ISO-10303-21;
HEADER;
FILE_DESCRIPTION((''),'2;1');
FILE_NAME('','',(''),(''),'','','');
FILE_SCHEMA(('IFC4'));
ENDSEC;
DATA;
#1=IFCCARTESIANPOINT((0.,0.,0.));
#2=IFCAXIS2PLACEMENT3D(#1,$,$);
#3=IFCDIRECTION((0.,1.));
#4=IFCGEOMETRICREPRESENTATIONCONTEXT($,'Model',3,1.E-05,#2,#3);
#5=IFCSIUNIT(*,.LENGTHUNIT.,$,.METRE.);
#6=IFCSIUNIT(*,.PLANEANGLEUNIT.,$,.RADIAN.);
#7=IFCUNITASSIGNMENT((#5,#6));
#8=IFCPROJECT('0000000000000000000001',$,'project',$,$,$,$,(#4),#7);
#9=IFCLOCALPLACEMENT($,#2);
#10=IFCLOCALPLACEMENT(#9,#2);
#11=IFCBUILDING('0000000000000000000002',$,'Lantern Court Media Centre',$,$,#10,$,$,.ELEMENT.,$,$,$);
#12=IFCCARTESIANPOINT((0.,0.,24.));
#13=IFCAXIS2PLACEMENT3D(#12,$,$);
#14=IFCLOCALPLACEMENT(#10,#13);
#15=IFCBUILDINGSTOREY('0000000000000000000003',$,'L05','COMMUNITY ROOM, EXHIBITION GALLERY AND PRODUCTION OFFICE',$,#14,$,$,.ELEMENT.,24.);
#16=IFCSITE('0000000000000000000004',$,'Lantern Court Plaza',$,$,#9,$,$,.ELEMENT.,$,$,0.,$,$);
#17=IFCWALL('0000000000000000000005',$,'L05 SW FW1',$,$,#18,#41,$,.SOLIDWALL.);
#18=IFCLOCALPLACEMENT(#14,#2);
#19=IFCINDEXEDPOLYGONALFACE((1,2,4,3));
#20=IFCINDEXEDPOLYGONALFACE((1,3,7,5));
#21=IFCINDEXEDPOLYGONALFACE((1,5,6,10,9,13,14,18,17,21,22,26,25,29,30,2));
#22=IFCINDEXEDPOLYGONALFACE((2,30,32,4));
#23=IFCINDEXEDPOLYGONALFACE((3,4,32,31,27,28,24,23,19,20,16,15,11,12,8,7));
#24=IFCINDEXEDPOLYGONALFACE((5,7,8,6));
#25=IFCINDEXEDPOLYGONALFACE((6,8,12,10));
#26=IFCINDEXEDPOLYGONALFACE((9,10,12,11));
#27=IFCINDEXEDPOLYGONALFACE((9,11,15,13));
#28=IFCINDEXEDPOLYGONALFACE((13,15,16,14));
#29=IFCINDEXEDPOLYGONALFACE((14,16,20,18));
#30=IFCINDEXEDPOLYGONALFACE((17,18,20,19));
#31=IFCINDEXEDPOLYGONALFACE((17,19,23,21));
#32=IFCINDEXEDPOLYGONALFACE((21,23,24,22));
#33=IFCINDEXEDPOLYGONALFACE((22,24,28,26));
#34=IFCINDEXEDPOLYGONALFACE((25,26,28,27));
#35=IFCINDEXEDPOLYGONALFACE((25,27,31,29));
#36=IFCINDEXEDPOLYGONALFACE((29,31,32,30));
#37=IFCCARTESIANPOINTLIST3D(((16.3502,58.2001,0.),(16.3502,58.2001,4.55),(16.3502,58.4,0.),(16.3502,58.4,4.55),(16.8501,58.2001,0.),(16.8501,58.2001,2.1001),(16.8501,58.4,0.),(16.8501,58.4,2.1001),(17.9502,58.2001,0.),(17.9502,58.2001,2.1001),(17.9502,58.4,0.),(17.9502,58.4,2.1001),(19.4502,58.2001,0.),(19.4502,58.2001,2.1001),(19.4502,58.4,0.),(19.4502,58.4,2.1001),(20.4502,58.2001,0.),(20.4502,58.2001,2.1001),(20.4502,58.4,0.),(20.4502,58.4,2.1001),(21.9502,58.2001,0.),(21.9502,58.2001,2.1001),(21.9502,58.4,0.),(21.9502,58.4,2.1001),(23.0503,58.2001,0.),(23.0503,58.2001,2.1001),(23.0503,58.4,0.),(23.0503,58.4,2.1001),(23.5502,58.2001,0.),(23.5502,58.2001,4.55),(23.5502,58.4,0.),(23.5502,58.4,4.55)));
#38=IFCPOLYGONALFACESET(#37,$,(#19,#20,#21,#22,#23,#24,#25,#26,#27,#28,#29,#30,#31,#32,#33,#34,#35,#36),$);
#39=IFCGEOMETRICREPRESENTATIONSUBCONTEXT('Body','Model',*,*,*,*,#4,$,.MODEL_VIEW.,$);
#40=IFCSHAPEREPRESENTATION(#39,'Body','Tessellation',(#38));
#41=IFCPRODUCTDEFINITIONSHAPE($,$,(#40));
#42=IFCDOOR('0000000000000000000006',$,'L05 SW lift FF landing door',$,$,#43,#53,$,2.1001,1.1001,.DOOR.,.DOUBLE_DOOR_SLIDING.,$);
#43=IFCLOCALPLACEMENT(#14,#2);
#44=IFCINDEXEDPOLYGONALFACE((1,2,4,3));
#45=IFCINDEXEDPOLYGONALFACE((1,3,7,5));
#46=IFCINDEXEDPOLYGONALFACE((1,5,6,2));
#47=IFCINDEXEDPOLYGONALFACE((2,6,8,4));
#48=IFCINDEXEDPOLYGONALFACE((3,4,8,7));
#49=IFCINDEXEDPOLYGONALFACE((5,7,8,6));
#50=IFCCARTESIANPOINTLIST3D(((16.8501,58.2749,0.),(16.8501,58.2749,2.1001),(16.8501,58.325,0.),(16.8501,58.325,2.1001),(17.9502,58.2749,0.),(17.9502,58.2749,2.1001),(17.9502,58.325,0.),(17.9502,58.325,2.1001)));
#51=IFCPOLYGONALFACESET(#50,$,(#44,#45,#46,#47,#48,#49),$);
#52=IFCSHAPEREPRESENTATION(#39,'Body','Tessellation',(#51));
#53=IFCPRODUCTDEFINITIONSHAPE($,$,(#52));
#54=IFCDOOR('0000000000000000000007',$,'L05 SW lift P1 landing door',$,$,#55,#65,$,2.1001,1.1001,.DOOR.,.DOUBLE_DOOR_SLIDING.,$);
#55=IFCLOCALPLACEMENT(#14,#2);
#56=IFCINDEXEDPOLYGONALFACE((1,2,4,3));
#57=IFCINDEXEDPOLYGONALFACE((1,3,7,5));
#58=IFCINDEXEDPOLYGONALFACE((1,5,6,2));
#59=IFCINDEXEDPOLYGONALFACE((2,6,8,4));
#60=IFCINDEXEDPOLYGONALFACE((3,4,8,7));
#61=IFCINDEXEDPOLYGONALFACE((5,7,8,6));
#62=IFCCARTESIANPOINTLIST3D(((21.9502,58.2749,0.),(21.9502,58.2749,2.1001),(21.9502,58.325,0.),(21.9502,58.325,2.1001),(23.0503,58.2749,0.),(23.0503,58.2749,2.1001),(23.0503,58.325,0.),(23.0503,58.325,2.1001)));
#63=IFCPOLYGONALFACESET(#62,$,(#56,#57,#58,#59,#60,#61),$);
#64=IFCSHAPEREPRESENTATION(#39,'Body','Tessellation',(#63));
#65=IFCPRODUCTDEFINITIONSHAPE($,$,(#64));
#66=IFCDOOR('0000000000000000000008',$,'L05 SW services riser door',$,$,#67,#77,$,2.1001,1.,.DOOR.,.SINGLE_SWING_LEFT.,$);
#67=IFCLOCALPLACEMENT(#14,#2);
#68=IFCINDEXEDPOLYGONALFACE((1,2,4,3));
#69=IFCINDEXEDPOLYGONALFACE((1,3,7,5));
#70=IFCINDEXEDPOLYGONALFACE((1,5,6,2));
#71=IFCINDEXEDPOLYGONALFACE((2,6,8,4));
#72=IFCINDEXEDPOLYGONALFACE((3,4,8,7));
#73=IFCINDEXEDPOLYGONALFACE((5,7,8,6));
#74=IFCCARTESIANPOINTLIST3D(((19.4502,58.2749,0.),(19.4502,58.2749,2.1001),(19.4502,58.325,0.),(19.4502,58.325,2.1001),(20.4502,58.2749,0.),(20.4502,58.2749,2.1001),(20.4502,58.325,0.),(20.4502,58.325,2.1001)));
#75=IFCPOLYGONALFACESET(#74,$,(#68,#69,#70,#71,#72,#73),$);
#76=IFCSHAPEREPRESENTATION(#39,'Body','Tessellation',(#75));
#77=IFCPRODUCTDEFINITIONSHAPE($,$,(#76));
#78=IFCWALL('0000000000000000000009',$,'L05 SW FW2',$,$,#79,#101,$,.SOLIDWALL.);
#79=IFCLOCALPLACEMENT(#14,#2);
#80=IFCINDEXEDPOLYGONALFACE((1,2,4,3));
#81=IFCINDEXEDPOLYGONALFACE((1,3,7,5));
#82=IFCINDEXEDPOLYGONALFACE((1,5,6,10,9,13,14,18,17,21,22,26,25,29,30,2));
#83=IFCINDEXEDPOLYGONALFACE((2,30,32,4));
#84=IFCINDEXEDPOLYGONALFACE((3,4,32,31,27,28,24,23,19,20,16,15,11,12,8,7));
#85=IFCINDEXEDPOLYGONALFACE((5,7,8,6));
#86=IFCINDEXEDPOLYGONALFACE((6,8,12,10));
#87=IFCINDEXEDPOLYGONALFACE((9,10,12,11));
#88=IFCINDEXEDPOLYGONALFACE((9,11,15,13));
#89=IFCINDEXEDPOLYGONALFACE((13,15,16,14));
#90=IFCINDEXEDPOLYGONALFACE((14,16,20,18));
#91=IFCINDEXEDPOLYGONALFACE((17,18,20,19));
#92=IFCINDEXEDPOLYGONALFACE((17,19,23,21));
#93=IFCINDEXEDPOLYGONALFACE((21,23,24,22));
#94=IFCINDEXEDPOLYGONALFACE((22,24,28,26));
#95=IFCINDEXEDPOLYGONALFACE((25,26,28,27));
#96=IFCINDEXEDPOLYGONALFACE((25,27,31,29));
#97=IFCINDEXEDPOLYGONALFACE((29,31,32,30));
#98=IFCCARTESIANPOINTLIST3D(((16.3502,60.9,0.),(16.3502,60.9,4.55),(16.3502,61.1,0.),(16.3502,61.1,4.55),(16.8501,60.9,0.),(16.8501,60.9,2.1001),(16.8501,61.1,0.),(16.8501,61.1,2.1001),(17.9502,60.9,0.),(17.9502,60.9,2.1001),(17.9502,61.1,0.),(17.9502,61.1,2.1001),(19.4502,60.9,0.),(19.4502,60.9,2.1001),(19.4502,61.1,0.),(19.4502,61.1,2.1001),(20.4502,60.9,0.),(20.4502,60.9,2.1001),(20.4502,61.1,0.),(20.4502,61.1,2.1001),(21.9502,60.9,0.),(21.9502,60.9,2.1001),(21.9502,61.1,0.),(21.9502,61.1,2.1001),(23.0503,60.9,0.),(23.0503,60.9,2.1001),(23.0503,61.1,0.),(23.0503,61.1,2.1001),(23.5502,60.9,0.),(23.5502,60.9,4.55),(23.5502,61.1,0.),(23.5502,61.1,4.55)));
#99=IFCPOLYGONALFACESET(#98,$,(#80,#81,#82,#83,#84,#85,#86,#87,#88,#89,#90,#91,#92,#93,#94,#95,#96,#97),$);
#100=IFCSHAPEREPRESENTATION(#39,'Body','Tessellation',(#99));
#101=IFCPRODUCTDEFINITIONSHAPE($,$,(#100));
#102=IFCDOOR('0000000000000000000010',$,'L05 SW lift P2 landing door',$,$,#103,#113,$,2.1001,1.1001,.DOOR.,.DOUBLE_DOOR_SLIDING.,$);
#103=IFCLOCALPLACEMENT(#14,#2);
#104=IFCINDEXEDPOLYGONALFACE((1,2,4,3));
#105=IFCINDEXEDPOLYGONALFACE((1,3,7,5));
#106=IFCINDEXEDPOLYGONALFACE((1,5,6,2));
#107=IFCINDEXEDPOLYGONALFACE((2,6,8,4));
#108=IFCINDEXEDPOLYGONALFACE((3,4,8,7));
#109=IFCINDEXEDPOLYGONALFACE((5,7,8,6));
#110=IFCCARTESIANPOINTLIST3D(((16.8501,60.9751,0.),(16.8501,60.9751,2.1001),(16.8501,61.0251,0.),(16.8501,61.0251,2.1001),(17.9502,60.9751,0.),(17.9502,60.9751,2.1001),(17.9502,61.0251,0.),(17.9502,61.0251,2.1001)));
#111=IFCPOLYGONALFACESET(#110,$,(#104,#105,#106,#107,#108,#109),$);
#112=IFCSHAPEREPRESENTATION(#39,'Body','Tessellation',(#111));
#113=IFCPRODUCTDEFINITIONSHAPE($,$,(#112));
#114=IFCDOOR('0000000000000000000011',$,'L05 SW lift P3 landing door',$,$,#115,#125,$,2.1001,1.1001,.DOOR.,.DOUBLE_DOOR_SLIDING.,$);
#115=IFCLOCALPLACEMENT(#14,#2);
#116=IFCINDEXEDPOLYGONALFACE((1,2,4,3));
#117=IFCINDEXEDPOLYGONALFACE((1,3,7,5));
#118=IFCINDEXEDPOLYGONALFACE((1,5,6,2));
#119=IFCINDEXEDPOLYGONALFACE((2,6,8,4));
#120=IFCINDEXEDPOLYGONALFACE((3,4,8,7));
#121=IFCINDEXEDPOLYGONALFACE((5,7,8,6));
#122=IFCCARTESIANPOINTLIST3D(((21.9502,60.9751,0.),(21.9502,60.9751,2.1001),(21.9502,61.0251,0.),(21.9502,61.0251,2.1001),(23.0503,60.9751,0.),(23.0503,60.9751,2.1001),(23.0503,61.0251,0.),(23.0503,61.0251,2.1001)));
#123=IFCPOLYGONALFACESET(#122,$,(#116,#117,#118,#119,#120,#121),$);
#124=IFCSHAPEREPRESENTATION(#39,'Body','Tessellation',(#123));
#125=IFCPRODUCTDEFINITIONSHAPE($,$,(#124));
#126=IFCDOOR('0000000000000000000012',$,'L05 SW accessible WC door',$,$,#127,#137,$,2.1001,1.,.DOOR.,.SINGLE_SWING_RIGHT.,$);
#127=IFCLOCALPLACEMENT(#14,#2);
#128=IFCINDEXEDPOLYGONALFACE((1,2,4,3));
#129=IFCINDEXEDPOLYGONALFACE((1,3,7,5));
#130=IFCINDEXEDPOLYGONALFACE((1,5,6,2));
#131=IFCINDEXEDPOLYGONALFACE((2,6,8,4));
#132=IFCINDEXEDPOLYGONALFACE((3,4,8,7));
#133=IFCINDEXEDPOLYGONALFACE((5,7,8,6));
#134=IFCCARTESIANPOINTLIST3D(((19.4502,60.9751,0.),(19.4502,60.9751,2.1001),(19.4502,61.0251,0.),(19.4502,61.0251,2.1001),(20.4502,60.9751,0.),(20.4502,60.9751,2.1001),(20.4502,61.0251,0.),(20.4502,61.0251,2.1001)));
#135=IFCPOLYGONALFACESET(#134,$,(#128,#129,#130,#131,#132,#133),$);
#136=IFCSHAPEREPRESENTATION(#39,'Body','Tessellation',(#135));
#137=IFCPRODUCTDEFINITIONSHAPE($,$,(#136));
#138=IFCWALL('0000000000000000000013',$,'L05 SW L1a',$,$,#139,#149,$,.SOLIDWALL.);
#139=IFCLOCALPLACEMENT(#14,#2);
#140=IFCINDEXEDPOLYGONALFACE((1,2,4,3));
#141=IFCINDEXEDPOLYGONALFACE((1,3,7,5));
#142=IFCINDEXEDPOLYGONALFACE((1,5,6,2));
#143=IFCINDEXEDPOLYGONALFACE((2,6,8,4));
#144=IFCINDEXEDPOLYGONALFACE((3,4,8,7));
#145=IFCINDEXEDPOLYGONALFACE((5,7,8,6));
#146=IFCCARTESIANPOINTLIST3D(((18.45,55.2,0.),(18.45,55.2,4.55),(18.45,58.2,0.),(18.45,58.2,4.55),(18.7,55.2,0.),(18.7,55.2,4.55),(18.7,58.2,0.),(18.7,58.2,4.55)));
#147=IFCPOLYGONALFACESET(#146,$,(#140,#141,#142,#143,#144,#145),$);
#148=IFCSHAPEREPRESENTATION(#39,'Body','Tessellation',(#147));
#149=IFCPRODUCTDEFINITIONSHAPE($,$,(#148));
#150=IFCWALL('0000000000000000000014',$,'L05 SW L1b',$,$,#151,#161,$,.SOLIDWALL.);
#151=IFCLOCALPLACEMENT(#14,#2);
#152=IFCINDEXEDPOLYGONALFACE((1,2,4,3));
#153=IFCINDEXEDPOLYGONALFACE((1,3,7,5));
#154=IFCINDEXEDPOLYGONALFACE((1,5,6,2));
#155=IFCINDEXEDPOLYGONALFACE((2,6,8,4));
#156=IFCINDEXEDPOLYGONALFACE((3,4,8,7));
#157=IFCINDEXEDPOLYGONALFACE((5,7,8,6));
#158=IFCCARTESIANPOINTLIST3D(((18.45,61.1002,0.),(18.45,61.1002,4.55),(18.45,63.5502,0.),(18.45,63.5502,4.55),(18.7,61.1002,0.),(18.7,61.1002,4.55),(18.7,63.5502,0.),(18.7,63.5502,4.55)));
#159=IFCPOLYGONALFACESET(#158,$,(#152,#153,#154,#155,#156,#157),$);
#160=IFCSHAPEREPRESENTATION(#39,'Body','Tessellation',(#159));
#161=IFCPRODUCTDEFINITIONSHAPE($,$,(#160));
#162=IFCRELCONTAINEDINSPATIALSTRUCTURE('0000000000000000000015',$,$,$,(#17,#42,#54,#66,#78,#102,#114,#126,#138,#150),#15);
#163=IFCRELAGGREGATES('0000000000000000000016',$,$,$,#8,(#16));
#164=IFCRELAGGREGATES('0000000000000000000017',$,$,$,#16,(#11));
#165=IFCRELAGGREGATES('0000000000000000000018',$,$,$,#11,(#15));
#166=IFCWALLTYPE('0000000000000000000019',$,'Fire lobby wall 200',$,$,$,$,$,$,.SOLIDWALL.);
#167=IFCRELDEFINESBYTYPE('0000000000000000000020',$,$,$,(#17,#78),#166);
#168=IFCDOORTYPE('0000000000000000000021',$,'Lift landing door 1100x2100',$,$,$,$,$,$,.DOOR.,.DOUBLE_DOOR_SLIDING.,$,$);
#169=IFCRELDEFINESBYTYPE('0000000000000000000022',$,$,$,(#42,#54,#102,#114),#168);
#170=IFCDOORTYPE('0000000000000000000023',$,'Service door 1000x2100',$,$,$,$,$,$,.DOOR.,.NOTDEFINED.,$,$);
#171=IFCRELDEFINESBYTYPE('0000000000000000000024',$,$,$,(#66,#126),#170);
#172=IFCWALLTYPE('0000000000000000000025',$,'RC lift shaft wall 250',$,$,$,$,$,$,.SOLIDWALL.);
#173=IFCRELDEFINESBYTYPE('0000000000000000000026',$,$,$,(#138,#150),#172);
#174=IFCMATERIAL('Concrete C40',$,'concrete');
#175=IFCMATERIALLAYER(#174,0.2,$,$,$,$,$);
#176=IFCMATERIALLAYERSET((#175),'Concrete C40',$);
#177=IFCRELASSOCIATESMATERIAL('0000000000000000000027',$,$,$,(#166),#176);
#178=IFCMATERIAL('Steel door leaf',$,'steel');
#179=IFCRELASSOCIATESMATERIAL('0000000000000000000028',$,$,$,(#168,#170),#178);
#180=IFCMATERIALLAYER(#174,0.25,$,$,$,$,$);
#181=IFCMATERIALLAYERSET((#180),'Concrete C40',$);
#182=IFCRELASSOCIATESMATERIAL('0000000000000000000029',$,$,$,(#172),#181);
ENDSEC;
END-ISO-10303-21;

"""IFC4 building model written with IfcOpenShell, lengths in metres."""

from ifc_helpers import new_model, si_unit, direction, frame, frame_2d, origin, place, context, subcontext, project, spatial, rectangle, extrude, material, layer, layer_set, type_object, element, fill, save


model = new_model("IFC4")

# Units and contexts
model_context = context("Model", 3, precision=1e-05, world=origin(), true_north=direction((0.0, 1.0)))
body_context = subcontext(model_context, "Body", "Model", "MODEL_VIEW")
ifc_project = project(units=[si_unit("LENGTHUNIT", "METRE"), si_unit("PLANEANGLEUNIT", "RADIAN")], contexts=[model_context])

# Site, building, storey
site_placement = place(None, origin())
site = spatial("IfcSite", under=ifc_project, at=site_placement, Name="Lantern Court Plaza", CompositionType="ELEMENT", RefElevation=0.0)
building_placement = place(site_placement, origin())
building = spatial("IfcBuilding", under=site, at=building_placement, Name="Lantern Court Media Centre", CompositionType="ELEMENT")
storey_placement = place(building_placement, frame((0.0, 0.0, 24.0)))
storey = spatial("IfcBuildingStorey", under=building, at=storey_placement, Name="L05", Description="COMMUNITY ROOM, EXHIBITION GALLERY AND PRODUCTION OFFICE", CompositionType="ELEMENT", Elevation=24.0)

# Walls, openings, doors
ifc_material_1 = material(Name="Concrete C40", Category="concrete")
ifc_layer_1 = layer(ifc_material_1, 0.2)
ifc_layer_set_1 = layer_set([ifc_layer_1], Name="Concrete C40")
wall_type_1 = type_object("IfcWallType", Name="Fire lobby wall 200", PredefinedType="SOLIDWALL", material=ifc_layer_set_1)
wall_1_placement = place(storey_placement, frame((16.3501, 58.3, 0.0), z_axis=(0.0, 0.0, 1.0), x_axis=(1.0, 0.0, 0.0)))
wall_1 = element("IfcWall", 1, at=wall_1_placement, inside=storey, type_object=wall_type_1, Name="L05 SW FW1", PredefinedType="SOLIDWALL", context=body_context, shape_type="SweptSolid", body=[
    extrude(rectangle(XDim=7.2, YDim=0.2, at=frame_2d((3.6001, 0.0))), origin(), (0.0, 0.0, 1.0), 4.55),
])
opening_1_placement = place(wall_1_placement, frame((0.5, 0.0, 0.0)))
opening_1 = element("IfcOpeningElement", 2, at=opening_1_placement, cuts=wall_1, PredefinedType="OPENING", context=body_context, shape_type="SweptSolid", body=[
    extrude(rectangle(XDim=1.1001, YDim=2.1001, at=frame_2d((0.55, 1.05))), frame((0.0, 0.1099, 0.0), z_axis=(0.0, -1.0, 0.0), x_axis=(1.0, 0.0, 0.0)), (0.0, 0.0, 1.0), 0.22),
])
opening_2_placement = place(wall_1_placement, frame((5.6001, 0.0, 0.0)))
opening_2 = element("IfcOpeningElement", 3, at=opening_2_placement, cuts=wall_1, PredefinedType="OPENING", context=body_context, shape_type="SweptSolid", body=[
    extrude(rectangle(XDim=1.1001, YDim=2.1001, at=frame_2d((0.55, 1.05))), frame((0.0, 0.1099, 0.0), z_axis=(0.0, -1.0, 0.0), x_axis=(1.0, 0.0, 0.0)), (0.0, 0.0, 1.0), 0.22),
])
opening_3_placement = place(wall_1_placement, frame((3.1001, 0.0, 0.0)))
opening_3 = element("IfcOpeningElement", 4, at=opening_3_placement, cuts=wall_1, PredefinedType="OPENING", context=body_context, shape_type="SweptSolid", body=[
    extrude(rectangle(XDim=1.0, YDim=2.1001, at=frame_2d((0.5, 1.05))), frame((0.0, 0.1099, 0.0), z_axis=(0.0, -1.0, 0.0), x_axis=(1.0, 0.0, 0.0)), (0.0, 0.0, 1.0), 0.22),
])
ifc_material_2 = material(Name="Steel door leaf", Category="steel")
door_type_1 = type_object("IfcDoorType", Name="Lift landing door 1100x2100", OperationType="DOUBLE_DOOR_SLIDING", PredefinedType="DOOR", material=ifc_material_2)
door_1_placement = place(opening_1_placement, origin())
door_1 = element("IfcDoor", 5, at=door_1_placement, inside=storey, type_object=door_type_1, Name="L05 SW lift FF landing door", OperationType="DOUBLE_DOOR_SLIDING", OverallHeight=2.1001, OverallWidth=1.1001, PredefinedType="DOOR", context=body_context, shape_type="SweptSolid", body=[
    extrude(rectangle(XDim=1.1001, YDim=2.1001, at=frame_2d((0.55, 1.05))), frame((0.0, 0.0249, 0.0), z_axis=(0.0, -1.0, 0.0), x_axis=(1.0, 0.0, 0.0)), (0.0, 0.0, 1.0), 0.05),
])
fill(opening_1, door_1)
door_2_placement = place(opening_2_placement, origin())
door_2 = element("IfcDoor", 6, at=door_2_placement, inside=storey, type_object=door_type_1, Name="L05 SW lift P1 landing door", OperationType="DOUBLE_DOOR_SLIDING", OverallHeight=2.1001, OverallWidth=1.1001, PredefinedType="DOOR", context=body_context, shape_type="SweptSolid", body=[
    extrude(rectangle(XDim=1.1001, YDim=2.1001, at=frame_2d((0.55, 1.05))), frame((0.0, 0.0249, 0.0), z_axis=(0.0, -1.0, 0.0), x_axis=(1.0, 0.0, 0.0)), (0.0, 0.0, 1.0), 0.05),
])
fill(opening_2, door_2)
door_type_2 = type_object("IfcDoorType", Name="Service door 1000x2100", OperationType="NOTDEFINED", PredefinedType="DOOR", material=ifc_material_2)
door_3_placement = place(opening_3_placement, origin())
door_3 = element("IfcDoor", 7, at=door_3_placement, inside=storey, type_object=door_type_2, Name="L05 SW services riser door", OperationType="SINGLE_SWING_LEFT", OverallHeight=2.1001, OverallWidth=1.0, PredefinedType="DOOR", context=body_context, shape_type="SweptSolid", body=[
    extrude(rectangle(XDim=1.0, YDim=2.1001, at=frame_2d((0.5, 1.05))), frame((0.0, 0.0249, 0.0), z_axis=(0.0, -1.0, 0.0), x_axis=(1.0, 0.0, 0.0)), (0.0, 0.0, 1.0), 0.05),
])
fill(opening_3, door_3)
wall_2_placement = place(storey_placement, frame((16.3501, 61.0, 0.0), z_axis=(0.0, 0.0, 1.0), x_axis=(1.0, 0.0, 0.0)))
wall_2 = element("IfcWall", 8, at=wall_2_placement, inside=storey, type_object=wall_type_1, Name="L05 SW FW2", PredefinedType="SOLIDWALL", context=body_context, shape_type="SweptSolid", body=[
    extrude(rectangle(XDim=7.2, YDim=0.2, at=frame_2d((3.6001, 0.0))), origin(), (0.0, 0.0, 1.0), 4.55),
])
opening_4_placement = place(wall_2_placement, frame((0.5, 0.0, 0.0)))
opening_4 = element("IfcOpeningElement", 9, at=opening_4_placement, cuts=wall_2, PredefinedType="OPENING", context=body_context, shape_type="SweptSolid", body=[
    extrude(rectangle(XDim=1.1001, YDim=2.1001, at=frame_2d((0.55, 1.05))), frame((0.0, 0.1099, 0.0), z_axis=(0.0, -1.0, 0.0), x_axis=(1.0, 0.0, 0.0)), (0.0, 0.0, 1.0), 0.22),
])
opening_5_placement = place(wall_2_placement, frame((5.6001, 0.0, 0.0)))
opening_5 = element("IfcOpeningElement", 10, at=opening_5_placement, cuts=wall_2, PredefinedType="OPENING", context=body_context, shape_type="SweptSolid", body=[
    extrude(rectangle(XDim=1.1001, YDim=2.1001, at=frame_2d((0.55, 1.05))), frame((0.0, 0.1099, 0.0), z_axis=(0.0, -1.0, 0.0), x_axis=(1.0, 0.0, 0.0)), (0.0, 0.0, 1.0), 0.22),
])
opening_6_placement = place(wall_2_placement, frame((3.1001, 0.0, 0.0)))
opening_6 = element("IfcOpeningElement", 11, at=opening_6_placement, cuts=wall_2, PredefinedType="OPENING", context=body_context, shape_type="SweptSolid", body=[
    extrude(rectangle(XDim=1.0, YDim=2.1001, at=frame_2d((0.5, 1.05))), frame((0.0, 0.1099, 0.0), z_axis=(0.0, -1.0, 0.0), x_axis=(1.0, 0.0, 0.0)), (0.0, 0.0, 1.0), 0.22),
])
door_4_placement = place(opening_4_placement, frame((1.1001, 0.0, 0.0), z_axis=(0.0, 0.0, 1.0), x_axis=(-1.0, 0.0, 0.0)))
door_4 = element("IfcDoor", 12, at=door_4_placement, inside=storey, type_object=door_type_1, Name="L05 SW lift P2 landing door", OperationType="DOUBLE_DOOR_SLIDING", OverallHeight=2.1001, OverallWidth=1.1001, PredefinedType="DOOR", context=body_context, shape_type="SweptSolid", body=[
    extrude(rectangle(XDim=1.1001, YDim=2.1001, at=frame_2d((0.55, 1.05))), frame((0.0, 0.0249, 0.0), z_axis=(0.0, -1.0, 0.0), x_axis=(1.0, 0.0, 0.0)), (0.0, 0.0, 1.0), 0.05),
])
fill(opening_4, door_4)
door_5_placement = place(opening_5_placement, frame((1.1001, 0.0, 0.0), z_axis=(0.0, 0.0, 1.0), x_axis=(-1.0, 0.0, 0.0)))
door_5 = element("IfcDoor", 13, at=door_5_placement, inside=storey, type_object=door_type_1, Name="L05 SW lift P3 landing door", OperationType="DOUBLE_DOOR_SLIDING", OverallHeight=2.1001, OverallWidth=1.1001, PredefinedType="DOOR", context=body_context, shape_type="SweptSolid", body=[
    extrude(rectangle(XDim=1.1001, YDim=2.1001, at=frame_2d((0.55, 1.05))), frame((0.0, 0.0249, 0.0), z_axis=(0.0, -1.0, 0.0), x_axis=(1.0, 0.0, 0.0)), (0.0, 0.0, 1.0), 0.05),
])
fill(opening_5, door_5)
door_6_placement = place(opening_6_placement, frame((1.0, 0.0, 0.0), z_axis=(0.0, 0.0, 1.0), x_axis=(-1.0, 0.0, 0.0)))
door_6 = element("IfcDoor", 14, at=door_6_placement, inside=storey, type_object=door_type_2, Name="L05 SW accessible WC door", OperationType="SINGLE_SWING_RIGHT", OverallHeight=2.1001, OverallWidth=1.0, PredefinedType="DOOR", context=body_context, shape_type="SweptSolid", body=[
    extrude(rectangle(XDim=1.0, YDim=2.1001, at=frame_2d((0.5, 1.05))), frame((0.0, 0.0249, 0.0), z_axis=(0.0, -1.0, 0.0), x_axis=(1.0, 0.0, 0.0)), (0.0, 0.0, 1.0), 0.05),
])
fill(opening_6, door_6)

# Walls
ifc_layer_2 = layer(ifc_material_1, 0.25)
ifc_layer_set_2 = layer_set([ifc_layer_2], Name="Concrete C40")
wall_type_2 = type_object("IfcWallType", Name="RC lift shaft wall 250", PredefinedType="SOLIDWALL", material=ifc_layer_set_2)
wall_3_placement = place(storey_placement, frame((18.575, 55.2, 0.0), z_axis=(0.0, 0.0, 1.0), x_axis=(0.0, 1.0, 0.0)))
element("IfcWall", 15, at=wall_3_placement, inside=storey, type_object=wall_type_2, Name="L05 SW L1a", PredefinedType="SOLIDWALL", context=body_context, shape_type="SweptSolid", body=[
    extrude(rectangle(XDim=3.0, YDim=0.25, at=frame_2d((1.5, 0.0))), origin(), (0.0, 0.0, 1.0), 4.55),
])
wall_4_placement = place(storey_placement, frame((18.575, 61.1001, 0.0), z_axis=(0.0, 0.0, 1.0), x_axis=(0.0, 1.0, 0.0)))
element("IfcWall", 16, at=wall_4_placement, inside=storey, type_object=wall_type_2, Name="L05 SW L1b", PredefinedType="SOLIDWALL", context=body_context, shape_type="SweptSolid", body=[
    extrude(rectangle(XDim=2.45, YDim=0.25, at=frame_2d((1.2251, 0.0))), origin(), (0.0, 0.0, 1.0), 4.55),
])

save(model, "model.ifc")
